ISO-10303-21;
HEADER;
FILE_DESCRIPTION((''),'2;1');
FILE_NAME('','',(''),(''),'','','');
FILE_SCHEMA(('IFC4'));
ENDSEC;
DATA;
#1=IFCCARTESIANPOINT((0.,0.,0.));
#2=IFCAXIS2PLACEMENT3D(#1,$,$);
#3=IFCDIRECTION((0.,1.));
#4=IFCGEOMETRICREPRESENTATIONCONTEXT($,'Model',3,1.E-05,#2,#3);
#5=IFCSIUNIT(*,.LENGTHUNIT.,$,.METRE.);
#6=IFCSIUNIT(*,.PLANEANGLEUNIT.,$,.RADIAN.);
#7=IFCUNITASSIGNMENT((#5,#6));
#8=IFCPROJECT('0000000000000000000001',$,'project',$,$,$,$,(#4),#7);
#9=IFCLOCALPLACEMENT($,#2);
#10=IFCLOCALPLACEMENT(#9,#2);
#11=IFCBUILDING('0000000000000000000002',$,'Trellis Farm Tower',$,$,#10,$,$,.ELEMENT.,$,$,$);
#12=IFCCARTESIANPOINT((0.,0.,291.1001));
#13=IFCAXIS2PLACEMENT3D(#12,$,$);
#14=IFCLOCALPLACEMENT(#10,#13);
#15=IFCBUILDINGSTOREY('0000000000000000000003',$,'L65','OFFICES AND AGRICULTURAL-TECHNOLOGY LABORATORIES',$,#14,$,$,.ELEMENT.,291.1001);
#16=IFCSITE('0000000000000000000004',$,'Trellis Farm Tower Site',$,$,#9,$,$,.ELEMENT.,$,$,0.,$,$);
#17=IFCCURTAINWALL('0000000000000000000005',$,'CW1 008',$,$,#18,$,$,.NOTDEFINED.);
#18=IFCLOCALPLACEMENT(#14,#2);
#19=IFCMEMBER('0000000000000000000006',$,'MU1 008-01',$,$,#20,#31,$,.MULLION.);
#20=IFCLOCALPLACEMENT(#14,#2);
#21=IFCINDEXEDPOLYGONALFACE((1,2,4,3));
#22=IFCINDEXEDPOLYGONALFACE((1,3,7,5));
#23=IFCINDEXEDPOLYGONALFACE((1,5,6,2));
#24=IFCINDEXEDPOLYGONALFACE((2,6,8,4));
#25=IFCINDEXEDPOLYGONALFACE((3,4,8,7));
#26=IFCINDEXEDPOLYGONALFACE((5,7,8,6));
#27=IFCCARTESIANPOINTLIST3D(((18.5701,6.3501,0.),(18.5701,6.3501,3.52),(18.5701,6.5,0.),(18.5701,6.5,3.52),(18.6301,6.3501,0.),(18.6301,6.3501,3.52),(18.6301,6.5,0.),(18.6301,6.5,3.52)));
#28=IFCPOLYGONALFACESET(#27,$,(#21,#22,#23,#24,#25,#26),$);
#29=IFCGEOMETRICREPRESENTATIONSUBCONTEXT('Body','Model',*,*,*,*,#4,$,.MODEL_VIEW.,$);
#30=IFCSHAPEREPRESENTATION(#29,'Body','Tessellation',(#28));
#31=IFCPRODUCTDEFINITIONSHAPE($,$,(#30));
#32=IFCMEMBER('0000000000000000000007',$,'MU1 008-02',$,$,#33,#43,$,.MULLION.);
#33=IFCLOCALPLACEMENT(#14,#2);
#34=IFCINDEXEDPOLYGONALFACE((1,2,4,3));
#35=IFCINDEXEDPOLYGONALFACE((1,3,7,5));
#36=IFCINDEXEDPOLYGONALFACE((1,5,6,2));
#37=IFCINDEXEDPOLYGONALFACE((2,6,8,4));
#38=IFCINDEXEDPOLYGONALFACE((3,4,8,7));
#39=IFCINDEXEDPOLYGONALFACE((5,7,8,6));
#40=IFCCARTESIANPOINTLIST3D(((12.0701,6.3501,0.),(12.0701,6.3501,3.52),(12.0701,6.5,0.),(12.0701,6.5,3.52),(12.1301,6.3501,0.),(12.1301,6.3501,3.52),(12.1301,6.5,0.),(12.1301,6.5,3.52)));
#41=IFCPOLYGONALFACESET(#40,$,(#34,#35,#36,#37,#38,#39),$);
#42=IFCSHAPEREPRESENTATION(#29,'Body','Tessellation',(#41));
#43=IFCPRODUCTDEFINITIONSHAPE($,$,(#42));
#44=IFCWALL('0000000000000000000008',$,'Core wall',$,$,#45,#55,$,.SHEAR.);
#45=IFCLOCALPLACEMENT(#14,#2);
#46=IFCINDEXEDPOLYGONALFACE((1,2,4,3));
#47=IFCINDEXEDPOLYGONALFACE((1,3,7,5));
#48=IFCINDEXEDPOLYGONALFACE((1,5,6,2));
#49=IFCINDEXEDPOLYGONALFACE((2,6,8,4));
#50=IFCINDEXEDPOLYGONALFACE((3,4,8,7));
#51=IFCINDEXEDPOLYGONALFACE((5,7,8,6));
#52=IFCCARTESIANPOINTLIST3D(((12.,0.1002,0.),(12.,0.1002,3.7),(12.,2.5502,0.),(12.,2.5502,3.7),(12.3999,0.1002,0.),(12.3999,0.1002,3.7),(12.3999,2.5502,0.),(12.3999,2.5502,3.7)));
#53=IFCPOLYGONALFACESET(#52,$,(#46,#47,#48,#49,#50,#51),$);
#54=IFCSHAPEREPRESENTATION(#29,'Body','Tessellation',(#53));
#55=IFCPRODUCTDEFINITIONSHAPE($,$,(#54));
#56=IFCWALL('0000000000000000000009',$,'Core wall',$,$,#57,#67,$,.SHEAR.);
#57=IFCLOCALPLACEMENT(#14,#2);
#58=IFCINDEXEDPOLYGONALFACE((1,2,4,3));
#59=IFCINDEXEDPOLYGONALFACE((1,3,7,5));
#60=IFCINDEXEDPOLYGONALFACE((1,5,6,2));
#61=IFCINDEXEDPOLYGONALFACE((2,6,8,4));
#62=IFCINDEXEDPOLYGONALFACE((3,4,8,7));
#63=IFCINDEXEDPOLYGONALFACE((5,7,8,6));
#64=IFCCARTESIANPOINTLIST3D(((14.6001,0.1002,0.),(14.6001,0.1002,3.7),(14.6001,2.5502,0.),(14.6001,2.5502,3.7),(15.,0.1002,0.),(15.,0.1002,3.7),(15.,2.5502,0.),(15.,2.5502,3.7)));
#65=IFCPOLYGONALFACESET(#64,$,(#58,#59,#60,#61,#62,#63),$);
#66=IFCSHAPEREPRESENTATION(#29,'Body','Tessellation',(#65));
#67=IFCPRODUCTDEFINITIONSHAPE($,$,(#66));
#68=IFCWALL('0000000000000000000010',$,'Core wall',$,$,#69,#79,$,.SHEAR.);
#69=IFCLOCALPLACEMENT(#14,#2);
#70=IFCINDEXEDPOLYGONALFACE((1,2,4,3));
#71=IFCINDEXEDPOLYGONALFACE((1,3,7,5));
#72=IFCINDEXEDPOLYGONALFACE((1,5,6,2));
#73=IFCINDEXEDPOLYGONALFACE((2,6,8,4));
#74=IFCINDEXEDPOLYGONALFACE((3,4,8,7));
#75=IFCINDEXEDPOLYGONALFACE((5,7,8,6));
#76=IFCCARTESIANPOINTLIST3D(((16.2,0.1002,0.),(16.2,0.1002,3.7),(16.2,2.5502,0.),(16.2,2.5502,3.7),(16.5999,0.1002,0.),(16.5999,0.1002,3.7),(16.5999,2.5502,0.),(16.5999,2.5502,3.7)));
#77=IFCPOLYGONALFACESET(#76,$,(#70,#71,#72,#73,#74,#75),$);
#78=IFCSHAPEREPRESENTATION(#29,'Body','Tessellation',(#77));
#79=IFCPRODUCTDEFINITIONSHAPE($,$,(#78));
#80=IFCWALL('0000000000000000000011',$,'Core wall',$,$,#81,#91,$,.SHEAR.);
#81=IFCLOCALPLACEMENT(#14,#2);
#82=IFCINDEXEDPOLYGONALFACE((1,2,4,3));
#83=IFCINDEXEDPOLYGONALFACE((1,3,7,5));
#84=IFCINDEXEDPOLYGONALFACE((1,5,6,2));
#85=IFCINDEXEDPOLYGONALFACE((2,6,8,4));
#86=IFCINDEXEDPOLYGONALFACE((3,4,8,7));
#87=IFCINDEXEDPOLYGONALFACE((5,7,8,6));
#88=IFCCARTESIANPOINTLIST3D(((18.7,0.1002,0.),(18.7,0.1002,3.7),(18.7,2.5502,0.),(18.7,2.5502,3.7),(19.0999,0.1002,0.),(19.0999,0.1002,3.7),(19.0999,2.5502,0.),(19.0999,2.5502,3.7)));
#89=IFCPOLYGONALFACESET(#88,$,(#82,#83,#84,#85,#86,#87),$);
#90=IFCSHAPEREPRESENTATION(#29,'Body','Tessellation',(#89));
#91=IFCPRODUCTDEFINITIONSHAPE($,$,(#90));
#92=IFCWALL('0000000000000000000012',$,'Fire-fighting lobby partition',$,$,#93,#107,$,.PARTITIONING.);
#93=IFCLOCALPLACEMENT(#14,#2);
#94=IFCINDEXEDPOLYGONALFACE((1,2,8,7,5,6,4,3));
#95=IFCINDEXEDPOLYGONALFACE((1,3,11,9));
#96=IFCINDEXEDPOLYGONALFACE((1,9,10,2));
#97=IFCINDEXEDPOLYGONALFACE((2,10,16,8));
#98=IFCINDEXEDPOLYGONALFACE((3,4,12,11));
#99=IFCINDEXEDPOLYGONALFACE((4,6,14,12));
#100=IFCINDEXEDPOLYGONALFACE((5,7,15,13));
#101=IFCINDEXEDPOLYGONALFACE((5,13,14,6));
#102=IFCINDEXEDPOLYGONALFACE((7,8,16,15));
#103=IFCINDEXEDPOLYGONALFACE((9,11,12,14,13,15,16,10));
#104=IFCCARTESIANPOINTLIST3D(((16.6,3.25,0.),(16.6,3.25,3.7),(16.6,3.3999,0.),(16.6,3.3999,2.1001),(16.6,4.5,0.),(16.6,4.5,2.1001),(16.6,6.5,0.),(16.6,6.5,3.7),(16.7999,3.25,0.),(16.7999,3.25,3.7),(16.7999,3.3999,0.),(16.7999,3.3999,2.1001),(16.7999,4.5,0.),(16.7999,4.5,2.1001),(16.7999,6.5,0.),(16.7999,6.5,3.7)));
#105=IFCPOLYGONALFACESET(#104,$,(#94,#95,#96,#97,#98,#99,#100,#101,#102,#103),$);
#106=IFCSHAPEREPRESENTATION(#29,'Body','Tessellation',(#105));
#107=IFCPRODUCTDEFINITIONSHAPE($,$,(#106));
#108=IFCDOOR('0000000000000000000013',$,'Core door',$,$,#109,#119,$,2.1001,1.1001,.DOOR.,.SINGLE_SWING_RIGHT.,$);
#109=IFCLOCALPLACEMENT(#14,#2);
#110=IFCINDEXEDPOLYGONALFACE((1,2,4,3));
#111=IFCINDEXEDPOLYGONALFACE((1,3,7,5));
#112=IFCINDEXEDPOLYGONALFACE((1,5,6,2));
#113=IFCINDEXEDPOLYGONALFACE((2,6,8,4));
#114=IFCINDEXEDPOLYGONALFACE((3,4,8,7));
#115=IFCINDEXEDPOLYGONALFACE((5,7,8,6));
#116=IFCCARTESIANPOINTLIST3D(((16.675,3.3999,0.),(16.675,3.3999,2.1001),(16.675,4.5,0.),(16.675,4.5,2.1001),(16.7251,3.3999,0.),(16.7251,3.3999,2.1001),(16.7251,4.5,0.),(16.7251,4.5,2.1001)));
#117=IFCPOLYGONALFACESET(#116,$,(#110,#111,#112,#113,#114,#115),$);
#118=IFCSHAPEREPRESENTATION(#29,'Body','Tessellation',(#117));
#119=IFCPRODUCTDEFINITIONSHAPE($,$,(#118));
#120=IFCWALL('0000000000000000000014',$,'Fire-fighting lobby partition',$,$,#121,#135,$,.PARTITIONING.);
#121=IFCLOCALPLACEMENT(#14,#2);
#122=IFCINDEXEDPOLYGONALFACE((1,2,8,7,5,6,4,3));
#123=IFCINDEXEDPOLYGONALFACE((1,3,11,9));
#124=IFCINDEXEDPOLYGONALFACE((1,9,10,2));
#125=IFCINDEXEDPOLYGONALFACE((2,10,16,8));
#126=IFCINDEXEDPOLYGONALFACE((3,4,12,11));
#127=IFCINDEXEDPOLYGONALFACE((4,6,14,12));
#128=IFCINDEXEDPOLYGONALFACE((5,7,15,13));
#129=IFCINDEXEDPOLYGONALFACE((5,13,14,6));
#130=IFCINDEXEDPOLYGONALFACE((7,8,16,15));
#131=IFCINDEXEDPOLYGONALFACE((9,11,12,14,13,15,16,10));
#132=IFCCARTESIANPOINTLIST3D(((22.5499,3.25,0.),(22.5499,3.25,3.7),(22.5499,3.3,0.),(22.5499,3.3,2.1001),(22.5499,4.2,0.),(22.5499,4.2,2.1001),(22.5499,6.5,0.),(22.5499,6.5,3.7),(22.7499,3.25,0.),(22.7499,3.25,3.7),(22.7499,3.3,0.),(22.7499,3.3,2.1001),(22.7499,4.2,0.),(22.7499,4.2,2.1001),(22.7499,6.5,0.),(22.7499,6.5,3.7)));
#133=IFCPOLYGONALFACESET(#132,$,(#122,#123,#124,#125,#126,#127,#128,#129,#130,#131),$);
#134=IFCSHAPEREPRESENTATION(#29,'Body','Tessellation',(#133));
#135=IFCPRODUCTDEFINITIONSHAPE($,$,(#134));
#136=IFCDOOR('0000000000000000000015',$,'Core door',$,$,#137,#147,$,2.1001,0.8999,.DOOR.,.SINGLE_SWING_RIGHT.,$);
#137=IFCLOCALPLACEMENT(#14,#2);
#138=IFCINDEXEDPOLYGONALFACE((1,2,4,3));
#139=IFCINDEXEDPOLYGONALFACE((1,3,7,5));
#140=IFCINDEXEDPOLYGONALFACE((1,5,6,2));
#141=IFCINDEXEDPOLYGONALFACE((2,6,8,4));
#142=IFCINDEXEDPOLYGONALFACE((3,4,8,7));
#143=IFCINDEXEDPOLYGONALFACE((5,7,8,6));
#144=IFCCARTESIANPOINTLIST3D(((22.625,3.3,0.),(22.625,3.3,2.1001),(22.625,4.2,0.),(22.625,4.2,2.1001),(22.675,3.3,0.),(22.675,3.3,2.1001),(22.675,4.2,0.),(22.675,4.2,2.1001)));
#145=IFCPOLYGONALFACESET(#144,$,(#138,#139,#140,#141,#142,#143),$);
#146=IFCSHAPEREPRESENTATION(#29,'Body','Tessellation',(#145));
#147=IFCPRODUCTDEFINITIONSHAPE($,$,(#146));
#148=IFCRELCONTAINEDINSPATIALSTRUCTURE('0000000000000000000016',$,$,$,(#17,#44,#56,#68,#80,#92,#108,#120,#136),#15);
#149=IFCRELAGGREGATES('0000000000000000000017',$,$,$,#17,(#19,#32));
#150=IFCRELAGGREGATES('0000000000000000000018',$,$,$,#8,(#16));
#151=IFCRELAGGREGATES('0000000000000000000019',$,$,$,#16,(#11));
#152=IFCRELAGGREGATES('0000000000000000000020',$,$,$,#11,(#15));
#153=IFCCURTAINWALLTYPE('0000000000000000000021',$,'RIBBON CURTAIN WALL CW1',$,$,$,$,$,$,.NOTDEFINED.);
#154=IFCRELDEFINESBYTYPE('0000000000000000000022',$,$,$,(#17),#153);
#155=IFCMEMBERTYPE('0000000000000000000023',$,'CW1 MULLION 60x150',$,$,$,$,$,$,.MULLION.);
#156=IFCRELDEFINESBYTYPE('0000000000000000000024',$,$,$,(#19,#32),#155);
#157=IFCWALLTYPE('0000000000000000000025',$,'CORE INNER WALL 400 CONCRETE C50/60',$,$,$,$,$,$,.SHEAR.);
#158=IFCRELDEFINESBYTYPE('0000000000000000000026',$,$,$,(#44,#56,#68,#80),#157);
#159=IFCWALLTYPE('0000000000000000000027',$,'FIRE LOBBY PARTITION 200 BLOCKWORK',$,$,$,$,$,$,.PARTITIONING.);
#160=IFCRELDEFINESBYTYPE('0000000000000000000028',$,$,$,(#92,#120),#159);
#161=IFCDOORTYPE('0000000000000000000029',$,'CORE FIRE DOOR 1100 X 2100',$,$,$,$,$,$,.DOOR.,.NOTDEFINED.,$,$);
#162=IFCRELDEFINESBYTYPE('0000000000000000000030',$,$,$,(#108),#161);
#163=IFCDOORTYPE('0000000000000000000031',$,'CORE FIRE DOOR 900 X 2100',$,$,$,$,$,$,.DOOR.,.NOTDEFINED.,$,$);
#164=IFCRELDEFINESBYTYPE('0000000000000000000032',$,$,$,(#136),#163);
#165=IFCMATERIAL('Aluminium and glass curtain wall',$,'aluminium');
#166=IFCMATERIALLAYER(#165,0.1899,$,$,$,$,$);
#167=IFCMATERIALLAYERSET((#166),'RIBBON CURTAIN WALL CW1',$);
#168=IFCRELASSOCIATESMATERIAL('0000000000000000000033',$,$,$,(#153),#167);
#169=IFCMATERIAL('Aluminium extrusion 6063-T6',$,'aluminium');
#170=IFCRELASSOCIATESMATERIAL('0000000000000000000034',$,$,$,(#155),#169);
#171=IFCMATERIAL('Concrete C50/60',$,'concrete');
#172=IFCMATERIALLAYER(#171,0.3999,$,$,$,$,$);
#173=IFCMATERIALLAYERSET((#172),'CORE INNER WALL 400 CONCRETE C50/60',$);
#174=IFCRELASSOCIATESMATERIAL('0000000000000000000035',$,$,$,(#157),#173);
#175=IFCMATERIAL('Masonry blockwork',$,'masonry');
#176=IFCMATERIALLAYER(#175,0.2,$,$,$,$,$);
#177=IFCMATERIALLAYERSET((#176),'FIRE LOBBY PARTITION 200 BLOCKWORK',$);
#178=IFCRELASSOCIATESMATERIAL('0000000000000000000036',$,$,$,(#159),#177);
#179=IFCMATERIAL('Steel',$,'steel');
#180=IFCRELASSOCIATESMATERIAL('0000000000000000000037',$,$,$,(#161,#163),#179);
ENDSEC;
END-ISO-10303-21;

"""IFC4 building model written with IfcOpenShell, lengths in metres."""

from ifc_helpers import new_model, si_unit, direction, frame, frame_2d, origin, origin_2d, place, context, subcontext, project, spatial, rectangle, extrude, source, transform, mapped, material, layer, layer_set, material_profile, profile_set, type_object, element, fill, aggregate, save


model = new_model("IFC4")

# Units and contexts
model_context = context("Model", 3, precision=1e-05, world=origin(), true_north=direction((0.0, 1.0)))
body_context = subcontext(model_context, "Body", "Model", "MODEL_VIEW")
ifc_project = project(units=[si_unit("LENGTHUNIT", "METRE"), si_unit("PLANEANGLEUNIT", "RADIAN")], contexts=[model_context])

# Site, building, storey
site_placement = place(None, origin())
site = spatial("IfcSite", under=ifc_project, at=site_placement, Name="Trellis Farm Tower Site", CompositionType="ELEMENT", RefElevation=0.0)
building_placement = place(site_placement, origin())
building = spatial("IfcBuilding", under=site, at=building_placement, Name="Trellis Farm Tower", CompositionType="ELEMENT")
storey_placement = place(building_placement, frame((0.0, 0.0, 291.1001)))
storey = spatial("IfcBuildingStorey", under=building, at=storey_placement, Name="L65", Description="OFFICES AND AGRICULTURAL-TECHNOLOGY LABORATORIES", CompositionType="ELEMENT", Elevation=291.1001)

# Curtain wall, members
ifc_material_1 = material(Name="Aluminium and glass curtain wall", Category="aluminium")
ifc_layer_1 = layer(ifc_material_1, 0.1899)
ifc_layer_set_1 = layer_set([ifc_layer_1], Name="RIBBON CURTAIN WALL CW1")
curtain_wall_type = type_object("IfcCurtainWallType", Name="RIBBON CURTAIN WALL CW1", PredefinedType="NOTDEFINED", material=ifc_layer_set_1)
placement = place(storey_placement, origin())
ifc_material_2 = material(Name="Aluminium extrusion 6063-T6", Category="aluminium")
ifc_material_profile_1 = material_profile(ifc_material_2, rectangle(XDim=0.0601, YDim=0.1499, at=origin_2d()), Name="MULLION 60x150")
ifc_profile_set_1 = profile_set([ifc_material_profile_1], Name="Aluminium extrusion 6063-T6")
member_type = type_object("IfcMemberType", Name="CW1 MULLION 60x150", PredefinedType="MULLION", material=ifc_profile_set_1)
shared_shape_1 = source(origin(), body_context, "Body", "SweptSolid", [
    extrude(rectangle(XDim=0.0601, YDim=0.1499, at=origin_2d()), origin(), (0.0, 0.0, 1.0), 3.52),
])
curtain_wall_1 = element("IfcCurtainWall", 1, at=placement, inside=storey, type_object=curtain_wall_type, Name="CW1 008", PredefinedType="NOTDEFINED")
member_1_placement = place(storey_placement, frame((18.6001, 6.425, 0.0), z_axis=(0.0, 0.0, 1.0), x_axis=(-1.0, 0.0, 0.0)))
member_1 = element("IfcMember", 2, at=member_1_placement, type_object=member_type, Name="MU1 008-01", PredefinedType="MULLION", context=body_context, shape_type="MappedRepresentation", body=[
    mapped(shared_shape_1, transform((0.0, 0.0, 0.0))),
])
member_2_placement = place(storey_placement, frame((12.1001, 6.425, 0.0), z_axis=(0.0, 0.0, 1.0), x_axis=(-1.0, 0.0, 0.0)))
member_2 = element("IfcMember", 3, at=member_2_placement, type_object=member_type, Name="MU1 008-02", PredefinedType="MULLION", context=body_context, shape_type="MappedRepresentation", body=[
    mapped(shared_shape_1, transform((0.0, 0.0, 0.0))),
])
aggregate(curtain_wall_1, [member_1, member_2])

# Walls
ifc_material_3 = material(Name="Concrete C50/60", Category="concrete")
ifc_layer_2 = layer(ifc_material_3, 0.3999)
ifc_layer_set_2 = layer_set([ifc_layer_2], Name="CORE INNER WALL 400 CONCRETE C50/60")
wall_type_1 = type_object("IfcWallType", Name="CORE INNER WALL 400 CONCRETE C50/60", PredefinedType="SHEAR", material=ifc_layer_set_2)
shared_shape_2 = source(origin(), body_context, "Body", "SweptSolid", [
    extrude(rectangle(XDim=2.45, YDim=0.3999, at=frame_2d((1.2251, 0.0))), origin(), (0.0, 0.0, 1.0), 3.7),
])
for number, where, z_axis, x_axis, name in (
    (4, (12.2, 0.1001, 0.0), (0.0, 0.0, 1.0), (0.0, 1.0, 0.0), "Core wall"),
    (5, (14.8, 0.1001, 0.0), (0.0, 0.0, 1.0), (0.0, 1.0, 0.0), "Core wall"),
    (6, (16.3999, 0.1001, 0.0), (0.0, 0.0, 1.0), (0.0, 1.0, 0.0), "Core wall"),
    (7, (18.8999, 0.1001, 0.0), (0.0, 0.0, 1.0), (0.0, 1.0, 0.0), "Core wall"),
):
    element("IfcWall", number, at=place(storey_placement, frame(where, z_axis=z_axis, x_axis=x_axis)), inside=storey, type_object=wall_type_1, Name=name, PredefinedType="SHEAR", context=body_context, shape_type="MappedRepresentation", body=[
        mapped(shared_shape_2, transform((0.0, 0.0, 0.0))),
    ])

# Walls, openings, doors
ifc_material_4 = material(Name="Masonry blockwork", Category="masonry")
ifc_layer_3 = layer(ifc_material_4, 0.2)
ifc_layer_set_3 = layer_set([ifc_layer_3], Name="FIRE LOBBY PARTITION 200 BLOCKWORK")
wall_type_2 = type_object("IfcWallType", Name="FIRE LOBBY PARTITION 200 BLOCKWORK", PredefinedType="PARTITIONING", material=ifc_layer_set_3)
shared_shape_3 = source(origin(), body_context, "Body", "SweptSolid", [
    extrude(rectangle(XDim=3.25, YDim=0.2, at=frame_2d((1.625, 0.0))), origin(), (0.0, 0.0, 1.0), 3.7),
])
wall_1_placement = place(storey_placement, frame((16.7, 3.25, 0.0), z_axis=(0.0, 0.0, 1.0), x_axis=(0.0, 1.0, 0.0)))
wall_1 = element("IfcWall", 8, at=wall_1_placement, inside=storey, type_object=wall_type_2, Name="Fire-fighting lobby partition", PredefinedType="PARTITIONING", context=body_context, shape_type="MappedRepresentation", body=[
    mapped(shared_shape_3, transform((0.0, 0.0, 0.0))),
])
shared_shape_4 = source(origin(), body_context, "Body", "SweptSolid", [
    extrude(rectangle(XDim=1.1001, YDim=2.1001, at=frame_2d((0.55, 1.05))), frame((0.0, 0.1101, 0.0), z_axis=(0.0, -1.0, 0.0), x_axis=(1.0, 0.0, 0.0)), (0.0, 0.0, 1.0), 0.2202),
])
opening_1_placement = place(wall_1_placement, frame((0.1499, 0.0, 0.0)))
opening_1 = element("IfcOpeningElement", 9, at=opening_1_placement, cuts=wall_1, PredefinedType="OPENING", context=body_context, shape_type="MappedRepresentation", body=[
    mapped(shared_shape_4, transform((0.0, 0.0, 0.0))),
])
ifc_material_5 = material(Name="Steel", Category="steel")
door_type_1 = type_object("IfcDoorType", Name="CORE FIRE DOOR 1100 X 2100", OperationType="NOTDEFINED", PredefinedType="DOOR", material=ifc_material_5)
shared_shape_5 = source(origin(), body_context, "Body", "SweptSolid", [
    extrude(rectangle(XDim=1.1001, YDim=2.1001, at=frame_2d((0.55, 1.05))), frame((0.0, 0.0249, 0.0), z_axis=(0.0, -1.0, 0.0), x_axis=(1.0, 0.0, 0.0)), (0.0, 0.0, 1.0), 0.05),
])
door_1_placement = place(opening_1_placement, origin())
door_1 = element("IfcDoor", 10, at=door_1_placement, inside=storey, type_object=door_type_1, Name="Core door", OperationType="SINGLE_SWING_RIGHT", OverallHeight=2.1001, OverallWidth=1.1001, PredefinedType="DOOR", context=body_context, shape_type="MappedRepresentation", body=[
    mapped(shared_shape_5, transform((0.0, 0.0, 0.0))),
])
fill(opening_1, door_1)
wall_2_placement = place(storey_placement, frame((22.6499, 3.25, 0.0), z_axis=(0.0, 0.0, 1.0), x_axis=(0.0, 1.0, 0.0)))
wall_2 = element("IfcWall", 11, at=wall_2_placement, inside=storey, type_object=wall_type_2, Name="Fire-fighting lobby partition", PredefinedType="PARTITIONING", context=body_context, shape_type="MappedRepresentation", body=[
    mapped(shared_shape_3, transform((0.0, 0.0, 0.0))),
])
shared_shape_6 = source(origin(), body_context, "Body", "SweptSolid", [
    extrude(rectangle(XDim=0.8999, YDim=2.1001, at=frame_2d((0.45, 1.05))), frame((0.0, 0.1101, 0.0), z_axis=(0.0, -1.0, 0.0), x_axis=(1.0, 0.0, 0.0)), (0.0, 0.0, 1.0), 0.2202),
])
opening_2_placement = place(wall_2_placement, frame((0.05, 0.0, 0.0)))
opening_2 = element("IfcOpeningElement", 12, at=opening_2_placement, cuts=wall_2, PredefinedType="OPENING", context=body_context, shape_type="MappedRepresentation", body=[
    mapped(shared_shape_6, transform((0.0, 0.0, 0.0))),
])
door_type_2 = type_object("IfcDoorType", Name="CORE FIRE DOOR 900 X 2100", OperationType="NOTDEFINED", PredefinedType="DOOR", material=ifc_material_5)
shared_shape_7 = source(origin(), body_context, "Body", "SweptSolid", [
    extrude(rectangle(XDim=0.8999, YDim=2.1001, at=frame_2d((0.45, 1.05))), frame((0.0, 0.0249, 0.0), z_axis=(0.0, -1.0, 0.0), x_axis=(1.0, 0.0, 0.0)), (0.0, 0.0, 1.0), 0.05),
])
door_2_placement = place(opening_2_placement, origin())
door_2 = element("IfcDoor", 13, at=door_2_placement, inside=storey, type_object=door_type_2, Name="Core door", OperationType="SINGLE_SWING_RIGHT", OverallHeight=2.1001, OverallWidth=0.8999, PredefinedType="DOOR", context=body_context, shape_type="MappedRepresentation", body=[
    mapped(shared_shape_7, transform((0.0, 0.0, 0.0))),
])
fill(opening_2, door_2)

save(model, "model.ifc")
